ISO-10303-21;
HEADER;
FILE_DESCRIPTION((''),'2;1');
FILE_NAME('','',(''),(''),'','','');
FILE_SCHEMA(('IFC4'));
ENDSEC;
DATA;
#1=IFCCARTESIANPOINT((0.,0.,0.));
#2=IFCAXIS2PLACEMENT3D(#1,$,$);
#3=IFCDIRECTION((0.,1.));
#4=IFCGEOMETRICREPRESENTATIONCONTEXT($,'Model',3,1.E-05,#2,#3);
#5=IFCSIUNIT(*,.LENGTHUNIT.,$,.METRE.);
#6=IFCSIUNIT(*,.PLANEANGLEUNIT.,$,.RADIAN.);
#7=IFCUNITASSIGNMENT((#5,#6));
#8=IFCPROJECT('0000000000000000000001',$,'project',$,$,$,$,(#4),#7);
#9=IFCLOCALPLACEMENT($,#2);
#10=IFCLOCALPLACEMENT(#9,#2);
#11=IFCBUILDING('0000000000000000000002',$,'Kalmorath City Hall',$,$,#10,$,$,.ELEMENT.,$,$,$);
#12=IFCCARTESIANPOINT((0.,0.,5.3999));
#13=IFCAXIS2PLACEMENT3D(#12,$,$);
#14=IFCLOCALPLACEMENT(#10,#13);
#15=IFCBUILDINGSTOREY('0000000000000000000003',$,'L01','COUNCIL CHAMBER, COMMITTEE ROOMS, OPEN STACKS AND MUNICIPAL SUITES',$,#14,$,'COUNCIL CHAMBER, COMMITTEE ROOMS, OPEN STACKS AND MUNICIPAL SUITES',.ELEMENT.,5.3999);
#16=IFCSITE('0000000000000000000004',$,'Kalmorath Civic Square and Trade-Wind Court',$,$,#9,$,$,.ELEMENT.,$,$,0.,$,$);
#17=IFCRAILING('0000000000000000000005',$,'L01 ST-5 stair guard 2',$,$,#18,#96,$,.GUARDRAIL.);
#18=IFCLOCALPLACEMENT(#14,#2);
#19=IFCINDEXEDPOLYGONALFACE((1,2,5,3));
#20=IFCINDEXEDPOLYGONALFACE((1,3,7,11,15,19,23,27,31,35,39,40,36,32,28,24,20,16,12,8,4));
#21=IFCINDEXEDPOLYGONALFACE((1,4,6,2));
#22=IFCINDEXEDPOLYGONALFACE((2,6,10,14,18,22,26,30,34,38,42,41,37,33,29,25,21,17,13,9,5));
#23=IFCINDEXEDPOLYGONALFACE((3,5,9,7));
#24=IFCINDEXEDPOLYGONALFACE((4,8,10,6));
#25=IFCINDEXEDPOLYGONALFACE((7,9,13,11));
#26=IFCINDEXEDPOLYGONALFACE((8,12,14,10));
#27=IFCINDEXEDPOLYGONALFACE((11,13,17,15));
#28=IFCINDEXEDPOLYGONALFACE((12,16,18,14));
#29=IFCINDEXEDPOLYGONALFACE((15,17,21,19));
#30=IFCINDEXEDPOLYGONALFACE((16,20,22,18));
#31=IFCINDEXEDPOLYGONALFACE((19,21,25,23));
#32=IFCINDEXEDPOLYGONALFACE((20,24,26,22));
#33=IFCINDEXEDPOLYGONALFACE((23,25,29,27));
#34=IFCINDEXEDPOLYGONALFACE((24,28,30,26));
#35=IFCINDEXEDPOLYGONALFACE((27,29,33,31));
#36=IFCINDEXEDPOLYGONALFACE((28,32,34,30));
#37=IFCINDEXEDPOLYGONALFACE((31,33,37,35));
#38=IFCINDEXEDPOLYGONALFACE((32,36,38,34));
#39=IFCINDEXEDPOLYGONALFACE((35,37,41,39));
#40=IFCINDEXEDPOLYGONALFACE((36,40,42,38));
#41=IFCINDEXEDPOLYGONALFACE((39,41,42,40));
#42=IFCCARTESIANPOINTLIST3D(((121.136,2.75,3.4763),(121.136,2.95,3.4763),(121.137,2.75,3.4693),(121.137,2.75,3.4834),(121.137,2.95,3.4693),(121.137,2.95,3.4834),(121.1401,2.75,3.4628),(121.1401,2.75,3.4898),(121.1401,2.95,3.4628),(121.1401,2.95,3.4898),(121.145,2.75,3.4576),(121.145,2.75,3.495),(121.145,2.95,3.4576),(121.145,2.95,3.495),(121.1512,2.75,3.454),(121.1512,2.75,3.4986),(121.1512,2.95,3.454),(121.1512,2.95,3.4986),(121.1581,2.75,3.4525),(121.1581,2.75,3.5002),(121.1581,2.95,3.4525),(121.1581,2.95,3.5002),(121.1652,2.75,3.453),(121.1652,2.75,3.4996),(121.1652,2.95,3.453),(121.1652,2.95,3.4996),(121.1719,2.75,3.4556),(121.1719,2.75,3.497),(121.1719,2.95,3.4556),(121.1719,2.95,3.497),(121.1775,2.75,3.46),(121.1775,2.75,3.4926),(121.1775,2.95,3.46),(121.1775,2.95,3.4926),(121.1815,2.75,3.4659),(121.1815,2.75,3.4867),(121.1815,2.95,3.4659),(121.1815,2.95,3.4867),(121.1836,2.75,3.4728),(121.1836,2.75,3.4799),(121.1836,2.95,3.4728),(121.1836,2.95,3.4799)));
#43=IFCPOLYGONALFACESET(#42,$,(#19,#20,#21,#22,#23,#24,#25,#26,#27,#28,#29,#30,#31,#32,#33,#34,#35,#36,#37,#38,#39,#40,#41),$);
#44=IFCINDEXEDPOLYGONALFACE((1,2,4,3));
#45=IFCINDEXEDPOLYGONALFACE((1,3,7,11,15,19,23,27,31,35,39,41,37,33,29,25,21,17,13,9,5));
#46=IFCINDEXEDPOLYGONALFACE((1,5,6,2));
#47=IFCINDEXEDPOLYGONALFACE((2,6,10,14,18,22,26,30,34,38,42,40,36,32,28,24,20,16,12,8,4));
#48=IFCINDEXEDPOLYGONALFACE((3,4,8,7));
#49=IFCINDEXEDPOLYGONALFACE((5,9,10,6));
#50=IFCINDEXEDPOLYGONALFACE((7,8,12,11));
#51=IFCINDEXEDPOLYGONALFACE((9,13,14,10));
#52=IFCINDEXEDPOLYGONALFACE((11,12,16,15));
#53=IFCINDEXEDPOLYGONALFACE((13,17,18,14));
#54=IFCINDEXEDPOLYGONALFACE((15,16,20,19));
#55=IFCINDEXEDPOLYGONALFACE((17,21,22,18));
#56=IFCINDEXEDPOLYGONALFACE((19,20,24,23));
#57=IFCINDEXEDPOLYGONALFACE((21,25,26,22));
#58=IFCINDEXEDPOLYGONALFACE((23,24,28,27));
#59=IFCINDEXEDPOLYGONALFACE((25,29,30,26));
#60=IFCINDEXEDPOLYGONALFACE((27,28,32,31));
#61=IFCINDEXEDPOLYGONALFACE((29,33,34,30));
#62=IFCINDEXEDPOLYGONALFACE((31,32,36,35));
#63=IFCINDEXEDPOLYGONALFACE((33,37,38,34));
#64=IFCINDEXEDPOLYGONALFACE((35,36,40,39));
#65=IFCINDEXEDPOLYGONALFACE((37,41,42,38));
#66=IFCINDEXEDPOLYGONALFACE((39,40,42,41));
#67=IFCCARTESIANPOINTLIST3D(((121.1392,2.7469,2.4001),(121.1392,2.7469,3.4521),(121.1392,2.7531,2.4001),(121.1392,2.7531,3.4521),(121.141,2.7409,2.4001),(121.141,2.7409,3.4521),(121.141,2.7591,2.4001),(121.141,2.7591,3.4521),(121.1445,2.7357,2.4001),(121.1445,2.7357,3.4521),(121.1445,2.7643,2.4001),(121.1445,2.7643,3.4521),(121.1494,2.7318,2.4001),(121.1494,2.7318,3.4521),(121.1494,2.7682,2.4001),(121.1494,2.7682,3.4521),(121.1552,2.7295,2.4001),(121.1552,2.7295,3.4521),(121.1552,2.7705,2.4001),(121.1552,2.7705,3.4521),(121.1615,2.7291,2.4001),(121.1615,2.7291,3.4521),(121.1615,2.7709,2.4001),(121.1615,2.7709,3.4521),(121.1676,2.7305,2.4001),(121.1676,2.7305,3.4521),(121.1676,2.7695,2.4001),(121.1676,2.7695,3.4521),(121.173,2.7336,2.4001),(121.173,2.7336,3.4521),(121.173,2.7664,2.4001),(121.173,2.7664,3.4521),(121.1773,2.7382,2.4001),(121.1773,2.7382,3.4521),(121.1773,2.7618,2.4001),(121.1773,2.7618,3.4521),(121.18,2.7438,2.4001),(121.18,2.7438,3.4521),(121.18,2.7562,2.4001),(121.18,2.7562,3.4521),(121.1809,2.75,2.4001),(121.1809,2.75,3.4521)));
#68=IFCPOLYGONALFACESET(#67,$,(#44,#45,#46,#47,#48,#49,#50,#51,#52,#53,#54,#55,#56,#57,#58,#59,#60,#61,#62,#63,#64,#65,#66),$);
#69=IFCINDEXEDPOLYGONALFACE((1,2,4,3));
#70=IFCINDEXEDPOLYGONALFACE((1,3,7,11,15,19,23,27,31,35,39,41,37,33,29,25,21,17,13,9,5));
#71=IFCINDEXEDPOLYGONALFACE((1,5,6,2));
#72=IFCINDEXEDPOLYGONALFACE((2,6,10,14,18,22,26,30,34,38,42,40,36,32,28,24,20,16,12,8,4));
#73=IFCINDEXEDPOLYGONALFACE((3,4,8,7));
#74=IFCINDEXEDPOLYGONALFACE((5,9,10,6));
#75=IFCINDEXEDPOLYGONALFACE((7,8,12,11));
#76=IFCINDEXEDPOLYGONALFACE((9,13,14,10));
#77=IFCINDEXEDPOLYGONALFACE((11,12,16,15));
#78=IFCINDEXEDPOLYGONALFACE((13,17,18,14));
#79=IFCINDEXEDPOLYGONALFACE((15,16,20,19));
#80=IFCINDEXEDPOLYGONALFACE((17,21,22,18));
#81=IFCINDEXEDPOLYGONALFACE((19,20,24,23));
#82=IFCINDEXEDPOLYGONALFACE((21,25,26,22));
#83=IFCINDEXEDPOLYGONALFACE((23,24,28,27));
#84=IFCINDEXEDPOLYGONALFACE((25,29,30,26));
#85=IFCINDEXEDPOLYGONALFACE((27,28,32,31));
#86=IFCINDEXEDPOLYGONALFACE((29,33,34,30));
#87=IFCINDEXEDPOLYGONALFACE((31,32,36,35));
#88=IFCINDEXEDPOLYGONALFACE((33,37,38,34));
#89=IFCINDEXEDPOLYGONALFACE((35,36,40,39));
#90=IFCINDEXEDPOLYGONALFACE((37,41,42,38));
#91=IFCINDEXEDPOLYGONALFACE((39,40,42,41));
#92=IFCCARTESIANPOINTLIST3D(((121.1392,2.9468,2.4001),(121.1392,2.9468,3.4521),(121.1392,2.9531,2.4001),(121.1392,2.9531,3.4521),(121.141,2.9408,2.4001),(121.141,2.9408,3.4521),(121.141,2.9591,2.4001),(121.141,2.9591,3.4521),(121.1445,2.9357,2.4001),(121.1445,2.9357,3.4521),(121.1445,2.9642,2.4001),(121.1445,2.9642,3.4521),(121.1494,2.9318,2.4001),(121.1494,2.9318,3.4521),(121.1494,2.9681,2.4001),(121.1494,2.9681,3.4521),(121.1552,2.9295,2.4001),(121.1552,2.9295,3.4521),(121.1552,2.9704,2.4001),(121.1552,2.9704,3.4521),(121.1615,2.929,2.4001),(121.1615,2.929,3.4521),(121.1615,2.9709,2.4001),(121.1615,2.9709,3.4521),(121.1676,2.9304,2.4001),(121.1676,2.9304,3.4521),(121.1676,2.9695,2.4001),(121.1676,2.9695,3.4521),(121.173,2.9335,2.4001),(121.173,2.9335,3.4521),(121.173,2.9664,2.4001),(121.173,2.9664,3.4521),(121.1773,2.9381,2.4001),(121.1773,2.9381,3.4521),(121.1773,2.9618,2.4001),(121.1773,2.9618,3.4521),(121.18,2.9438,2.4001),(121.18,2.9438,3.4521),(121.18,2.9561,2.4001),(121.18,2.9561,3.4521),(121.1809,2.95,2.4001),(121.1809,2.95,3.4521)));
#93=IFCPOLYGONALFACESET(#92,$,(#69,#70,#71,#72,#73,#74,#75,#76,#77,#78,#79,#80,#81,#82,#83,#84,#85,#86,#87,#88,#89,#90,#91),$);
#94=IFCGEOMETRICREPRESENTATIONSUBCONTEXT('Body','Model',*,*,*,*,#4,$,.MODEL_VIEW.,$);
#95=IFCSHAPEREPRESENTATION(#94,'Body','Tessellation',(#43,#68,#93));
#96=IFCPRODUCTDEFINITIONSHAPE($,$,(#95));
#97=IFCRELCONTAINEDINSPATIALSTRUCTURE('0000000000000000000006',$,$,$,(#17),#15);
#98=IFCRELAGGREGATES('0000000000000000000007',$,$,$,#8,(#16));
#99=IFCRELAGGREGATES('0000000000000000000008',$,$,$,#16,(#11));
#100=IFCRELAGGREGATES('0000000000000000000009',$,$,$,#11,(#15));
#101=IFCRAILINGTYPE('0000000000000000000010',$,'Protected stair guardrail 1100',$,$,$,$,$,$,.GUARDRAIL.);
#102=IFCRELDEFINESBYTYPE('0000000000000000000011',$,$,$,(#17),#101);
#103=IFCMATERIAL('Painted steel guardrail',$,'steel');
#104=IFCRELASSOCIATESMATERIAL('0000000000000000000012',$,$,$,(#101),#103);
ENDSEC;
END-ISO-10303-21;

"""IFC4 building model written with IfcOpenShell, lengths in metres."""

from ifc_helpers import new_model, si_unit, direction, frame, origin, origin_2d, place, context, subcontext, project, spatial, circle, extrude, material, type_object, element, save


model = new_model("IFC4")

# Units and contexts
model_context = context("Model", 3, precision=1e-05, world=origin(), true_north=direction((0.0, 1.0)))
body_context = subcontext(model_context, "Body", "Model", "MODEL_VIEW")
ifc_project = project(units=[si_unit("LENGTHUNIT", "METRE"), si_unit("PLANEANGLEUNIT", "RADIAN")], contexts=[model_context])

# Site, building, storey
site_placement = place(None, origin())
site = spatial("IfcSite", under=ifc_project, at=site_placement, Name="Kalmorath Civic Square and Trade-Wind Court", CompositionType="ELEMENT", RefElevation=0.0)
building_placement = place(site_placement, origin())
building = spatial("IfcBuilding", under=site, at=building_placement, Name="Kalmorath City Hall", CompositionType="ELEMENT")
storey_placement = place(building_placement, frame((0.0, 0.0, 5.3999)))
storey = spatial("IfcBuildingStorey", under=building, at=storey_placement, Name="L01", Description="COUNCIL CHAMBER, COMMITTEE ROOMS, OPEN STACKS AND MUNICIPAL SUITES", LongName="COUNCIL CHAMBER, COMMITTEE ROOMS, OPEN STACKS AND MUNICIPAL SUITES", CompositionType="ELEMENT", Elevation=5.3999)

# Railing
ifc_material_1 = material(Name="Painted steel guardrail", Category="steel")
railing_type_1 = type_object("IfcRailingType", Name="Protected stair guardrail 1100", PredefinedType="GUARDRAIL", material=ifc_material_1)
railing_1_placement = place(storey_placement, frame((121.1599, 2.75, 2.4001)))
element("IfcRailing", 1, at=railing_1_placement, inside=storey, type_object=railing_type_1, Name="L01 ST-5 stair guard 2", PredefinedType="GUARDRAIL", context=body_context, shape_type="SweptSolid", body=[
    extrude(circle(Radius=0.0239, at=origin_2d()), frame((0.0, 0.0, 1.0762), z_axis=(0.0, 1.0, 0.0), x_axis=(-1.0, 0.0, 0.0)), (0.0, 0.0, 1.0), 0.2),
    extrude(circle(Radius=0.021, at=origin_2d()), origin(), (0.0, 0.0, 1.0), 1.052),
    extrude(circle(Radius=0.021, at=origin_2d()), frame((0.0, 0.2, 0.0)), (0.0, 0.0, 1.0), 1.052),
])

save(model, "model.ifc")
